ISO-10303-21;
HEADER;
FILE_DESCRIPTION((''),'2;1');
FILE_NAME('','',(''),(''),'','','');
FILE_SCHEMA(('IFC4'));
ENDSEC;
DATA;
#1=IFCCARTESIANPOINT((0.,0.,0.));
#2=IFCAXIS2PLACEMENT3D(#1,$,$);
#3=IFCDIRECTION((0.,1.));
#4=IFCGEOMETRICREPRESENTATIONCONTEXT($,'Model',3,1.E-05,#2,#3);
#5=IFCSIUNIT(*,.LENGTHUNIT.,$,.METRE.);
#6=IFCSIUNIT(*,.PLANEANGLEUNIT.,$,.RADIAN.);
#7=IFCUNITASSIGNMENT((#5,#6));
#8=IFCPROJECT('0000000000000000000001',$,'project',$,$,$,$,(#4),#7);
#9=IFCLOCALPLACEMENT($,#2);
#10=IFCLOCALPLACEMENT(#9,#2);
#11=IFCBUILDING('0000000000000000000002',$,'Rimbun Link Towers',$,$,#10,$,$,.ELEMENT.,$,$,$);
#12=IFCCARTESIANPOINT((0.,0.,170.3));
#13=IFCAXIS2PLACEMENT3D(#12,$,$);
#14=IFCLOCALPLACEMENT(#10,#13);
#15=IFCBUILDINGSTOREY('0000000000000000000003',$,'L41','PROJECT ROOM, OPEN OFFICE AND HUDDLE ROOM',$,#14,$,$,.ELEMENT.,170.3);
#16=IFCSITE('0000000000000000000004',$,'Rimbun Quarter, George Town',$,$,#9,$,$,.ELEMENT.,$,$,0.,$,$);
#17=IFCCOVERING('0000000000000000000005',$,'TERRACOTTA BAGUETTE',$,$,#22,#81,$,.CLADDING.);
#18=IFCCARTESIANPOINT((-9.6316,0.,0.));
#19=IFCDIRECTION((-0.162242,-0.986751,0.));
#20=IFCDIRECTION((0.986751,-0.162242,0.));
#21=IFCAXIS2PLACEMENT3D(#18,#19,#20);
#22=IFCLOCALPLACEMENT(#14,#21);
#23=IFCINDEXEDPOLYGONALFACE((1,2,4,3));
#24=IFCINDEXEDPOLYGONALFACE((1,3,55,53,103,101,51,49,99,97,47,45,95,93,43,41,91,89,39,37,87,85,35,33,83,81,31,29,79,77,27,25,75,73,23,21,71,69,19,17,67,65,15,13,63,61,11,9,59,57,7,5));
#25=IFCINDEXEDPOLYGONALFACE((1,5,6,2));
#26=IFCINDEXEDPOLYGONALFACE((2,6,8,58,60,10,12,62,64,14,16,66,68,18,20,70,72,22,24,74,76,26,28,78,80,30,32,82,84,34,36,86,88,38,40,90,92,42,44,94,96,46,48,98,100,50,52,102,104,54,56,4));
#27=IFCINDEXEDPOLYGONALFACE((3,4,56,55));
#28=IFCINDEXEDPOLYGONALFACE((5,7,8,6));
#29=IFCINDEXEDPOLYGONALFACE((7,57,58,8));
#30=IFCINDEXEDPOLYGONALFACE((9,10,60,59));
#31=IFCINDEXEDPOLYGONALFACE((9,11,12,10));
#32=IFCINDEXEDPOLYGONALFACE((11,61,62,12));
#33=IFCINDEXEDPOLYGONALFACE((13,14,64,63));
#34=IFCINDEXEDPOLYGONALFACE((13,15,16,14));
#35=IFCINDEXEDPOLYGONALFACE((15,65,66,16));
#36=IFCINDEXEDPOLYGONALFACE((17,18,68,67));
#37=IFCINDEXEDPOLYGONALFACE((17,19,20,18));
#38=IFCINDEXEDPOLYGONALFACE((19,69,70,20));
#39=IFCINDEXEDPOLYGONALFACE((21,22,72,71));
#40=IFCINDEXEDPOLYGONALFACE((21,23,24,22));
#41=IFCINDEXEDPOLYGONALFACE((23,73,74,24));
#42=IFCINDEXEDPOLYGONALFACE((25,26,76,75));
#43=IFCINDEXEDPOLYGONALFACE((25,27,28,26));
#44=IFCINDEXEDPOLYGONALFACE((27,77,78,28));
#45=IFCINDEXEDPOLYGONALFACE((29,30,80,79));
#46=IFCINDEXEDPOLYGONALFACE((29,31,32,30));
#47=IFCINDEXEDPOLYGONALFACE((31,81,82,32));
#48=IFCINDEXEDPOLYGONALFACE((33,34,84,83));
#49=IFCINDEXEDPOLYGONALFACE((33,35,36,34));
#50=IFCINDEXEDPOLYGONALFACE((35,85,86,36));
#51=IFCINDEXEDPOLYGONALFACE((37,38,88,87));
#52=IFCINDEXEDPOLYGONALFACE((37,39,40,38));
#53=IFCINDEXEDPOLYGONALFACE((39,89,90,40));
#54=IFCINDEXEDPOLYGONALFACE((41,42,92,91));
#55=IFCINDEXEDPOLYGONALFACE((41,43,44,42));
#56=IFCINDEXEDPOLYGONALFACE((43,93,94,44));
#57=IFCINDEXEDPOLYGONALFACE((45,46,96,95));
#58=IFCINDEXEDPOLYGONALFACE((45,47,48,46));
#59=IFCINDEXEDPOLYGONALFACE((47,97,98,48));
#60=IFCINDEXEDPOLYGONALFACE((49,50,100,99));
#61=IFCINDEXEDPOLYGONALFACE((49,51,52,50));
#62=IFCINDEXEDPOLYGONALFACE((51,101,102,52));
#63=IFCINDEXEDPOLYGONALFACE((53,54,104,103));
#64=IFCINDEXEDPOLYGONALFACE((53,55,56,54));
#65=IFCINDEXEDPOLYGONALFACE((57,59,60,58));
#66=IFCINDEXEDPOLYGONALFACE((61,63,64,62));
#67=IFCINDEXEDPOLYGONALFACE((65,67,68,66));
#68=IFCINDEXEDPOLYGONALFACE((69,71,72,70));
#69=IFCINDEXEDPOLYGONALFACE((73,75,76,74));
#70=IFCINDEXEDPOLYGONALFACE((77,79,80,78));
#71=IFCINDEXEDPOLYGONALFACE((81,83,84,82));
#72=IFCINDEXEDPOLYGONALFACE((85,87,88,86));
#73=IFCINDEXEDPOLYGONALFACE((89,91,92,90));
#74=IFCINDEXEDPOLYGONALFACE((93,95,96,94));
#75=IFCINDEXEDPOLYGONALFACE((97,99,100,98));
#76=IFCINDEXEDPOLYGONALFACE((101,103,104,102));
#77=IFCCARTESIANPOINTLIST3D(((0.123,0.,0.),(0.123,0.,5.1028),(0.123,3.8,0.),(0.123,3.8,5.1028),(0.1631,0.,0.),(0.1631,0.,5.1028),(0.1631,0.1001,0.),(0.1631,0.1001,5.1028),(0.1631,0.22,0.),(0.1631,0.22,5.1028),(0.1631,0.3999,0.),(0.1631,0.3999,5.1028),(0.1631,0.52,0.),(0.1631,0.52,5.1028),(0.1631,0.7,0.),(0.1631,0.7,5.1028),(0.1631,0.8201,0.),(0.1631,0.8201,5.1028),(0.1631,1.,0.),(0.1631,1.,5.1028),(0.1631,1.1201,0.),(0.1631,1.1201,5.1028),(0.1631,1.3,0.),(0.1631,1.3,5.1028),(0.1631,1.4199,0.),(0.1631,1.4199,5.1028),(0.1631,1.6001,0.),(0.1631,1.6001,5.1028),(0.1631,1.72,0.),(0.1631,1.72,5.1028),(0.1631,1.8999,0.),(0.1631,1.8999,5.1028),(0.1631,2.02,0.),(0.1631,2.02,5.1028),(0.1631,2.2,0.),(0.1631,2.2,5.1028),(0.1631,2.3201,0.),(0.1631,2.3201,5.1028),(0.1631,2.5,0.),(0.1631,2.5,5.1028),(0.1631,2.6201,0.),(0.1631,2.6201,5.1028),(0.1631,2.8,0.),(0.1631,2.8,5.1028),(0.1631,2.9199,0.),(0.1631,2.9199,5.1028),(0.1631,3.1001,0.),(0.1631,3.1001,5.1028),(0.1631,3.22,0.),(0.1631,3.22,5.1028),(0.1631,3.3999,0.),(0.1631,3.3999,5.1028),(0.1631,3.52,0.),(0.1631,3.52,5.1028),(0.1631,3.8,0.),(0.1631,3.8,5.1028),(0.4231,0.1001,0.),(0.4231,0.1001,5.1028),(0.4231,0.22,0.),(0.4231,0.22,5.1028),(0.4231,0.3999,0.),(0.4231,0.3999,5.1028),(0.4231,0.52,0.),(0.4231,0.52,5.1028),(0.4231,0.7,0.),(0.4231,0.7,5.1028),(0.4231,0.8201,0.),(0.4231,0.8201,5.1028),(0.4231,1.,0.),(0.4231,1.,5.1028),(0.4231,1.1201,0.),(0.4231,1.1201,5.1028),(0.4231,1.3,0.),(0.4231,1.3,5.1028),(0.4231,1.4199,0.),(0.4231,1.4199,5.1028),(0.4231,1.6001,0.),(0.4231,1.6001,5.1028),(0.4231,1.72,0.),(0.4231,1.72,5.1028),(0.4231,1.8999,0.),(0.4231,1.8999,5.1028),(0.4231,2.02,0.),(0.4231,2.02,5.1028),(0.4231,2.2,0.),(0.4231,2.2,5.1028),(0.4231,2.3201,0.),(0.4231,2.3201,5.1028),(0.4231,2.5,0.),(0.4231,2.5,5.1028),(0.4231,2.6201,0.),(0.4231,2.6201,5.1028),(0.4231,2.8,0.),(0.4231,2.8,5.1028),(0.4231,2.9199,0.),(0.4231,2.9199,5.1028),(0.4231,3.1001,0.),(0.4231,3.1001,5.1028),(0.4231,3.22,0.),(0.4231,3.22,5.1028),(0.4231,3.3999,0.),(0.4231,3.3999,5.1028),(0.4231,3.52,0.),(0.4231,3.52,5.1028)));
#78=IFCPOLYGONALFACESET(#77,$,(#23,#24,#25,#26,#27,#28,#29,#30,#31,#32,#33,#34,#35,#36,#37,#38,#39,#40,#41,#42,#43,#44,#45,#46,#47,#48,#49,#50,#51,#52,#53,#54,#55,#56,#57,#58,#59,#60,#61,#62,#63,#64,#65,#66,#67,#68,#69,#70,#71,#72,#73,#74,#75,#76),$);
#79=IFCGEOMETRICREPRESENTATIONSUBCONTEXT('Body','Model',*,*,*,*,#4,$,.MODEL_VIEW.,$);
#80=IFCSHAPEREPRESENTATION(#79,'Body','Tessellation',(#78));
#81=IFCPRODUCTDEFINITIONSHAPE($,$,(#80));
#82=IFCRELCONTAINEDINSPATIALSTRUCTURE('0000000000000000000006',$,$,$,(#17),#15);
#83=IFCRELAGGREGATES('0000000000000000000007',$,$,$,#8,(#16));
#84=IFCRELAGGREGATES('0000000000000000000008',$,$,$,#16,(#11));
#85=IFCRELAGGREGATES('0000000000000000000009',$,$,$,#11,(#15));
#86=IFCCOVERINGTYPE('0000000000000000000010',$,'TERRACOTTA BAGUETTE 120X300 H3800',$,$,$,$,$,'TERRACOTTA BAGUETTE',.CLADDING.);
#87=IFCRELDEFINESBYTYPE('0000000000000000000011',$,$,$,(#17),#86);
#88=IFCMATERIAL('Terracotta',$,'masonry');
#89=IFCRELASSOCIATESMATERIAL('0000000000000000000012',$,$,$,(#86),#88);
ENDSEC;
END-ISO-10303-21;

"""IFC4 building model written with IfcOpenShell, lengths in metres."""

from ifc_helpers import new_model, si_unit, direction, frame, origin, place, context, subcontext, project, spatial, polyline, outline, extrude, material, material_profile, profile_set, type_object, element, save


model = new_model("IFC4")

# Units and contexts
model_context = context("Model", 3, precision=1e-05, world=origin(), true_north=direction((0.0, 1.0)))
body_context = subcontext(model_context, "Body", "Model", "MODEL_VIEW")
ifc_project = project(units=[si_unit("LENGTHUNIT", "METRE"), si_unit("PLANEANGLEUNIT", "RADIAN")], contexts=[model_context])

# Site, building, storey
site_placement = place(None, origin())
site = spatial("IfcSite", under=ifc_project, at=site_placement, Name="Rimbun Quarter, George Town", CompositionType="ELEMENT", RefElevation=0.0)
building_placement = place(site_placement, origin())
building = spatial("IfcBuilding", under=site, at=building_placement, Name="Rimbun Link Towers", CompositionType="ELEMENT")
storey_placement = place(building_placement, frame((0.0, 0.0, 170.3)))
storey = spatial("IfcBuildingStorey", under=building, at=storey_placement, Name="L41", Description="PROJECT ROOM, OPEN OFFICE AND HUDDLE ROOM", CompositionType="ELEMENT", Elevation=170.3)

# Covering
ifc_material_1 = material(Name="Terracotta", Category="masonry")
ifc_material_profile_1 = material_profile(ifc_material_1, outline(polyline([(0.123, 0.0), (0.1631, 0.0), (0.1631, 0.1001), (0.4231, 0.1001), (0.4231, 0.22), (0.1631, 0.22), (0.1631, 0.3999), (0.4231, 0.3999), (0.4231, 0.52), (0.1631, 0.52), (0.1631, 0.7), (0.4231, 0.7), (0.4231, 0.8201), (0.1631, 0.8201), (0.1631, 1.0), (0.4231, 1.0), (0.4231, 1.1201), (0.1631, 1.1201), (0.1631, 1.3), (0.4231, 1.3), (0.4231, 1.4199), (0.1631, 1.4199), (0.1631, 1.6001), (0.4231, 1.6001), (0.4231, 1.72), (0.1631, 1.72), (0.1631, 1.8999), (0.4231, 1.8999), (0.4231, 2.02), (0.1631, 2.02), (0.1631, 2.2), (0.4231, 2.2), (0.4231, 2.3201), (0.1631, 2.3201), (0.1631, 2.5), (0.4231, 2.5), (0.4231, 2.6201), (0.1631, 2.6201), (0.1631, 2.8), (0.4231, 2.8), (0.4231, 2.9199), (0.1631, 2.9199), (0.1631, 3.1001), (0.4231, 3.1001), (0.4231, 3.22), (0.1631, 3.22), (0.1631, 3.3999), (0.4231, 3.3999), (0.4231, 3.52), (0.1631, 3.52), (0.1631, 3.8), (0.123, 3.8), (0.123, 0.0)])), Name="BAGUETTE 120X300")
ifc_profile_set_1 = profile_set([ifc_material_profile_1], Name="Terracotta")
covering_type = type_object("IfcCoveringType", Name="TERRACOTTA BAGUETTE 120X300 H3800", ElementType="TERRACOTTA BAGUETTE", PredefinedType="CLADDING", material=ifc_profile_set_1)
covering_placement = place(storey_placement, frame((-9.6316, 0.0, 0.0), z_axis=(-0.162242, -0.986751, 0.0), x_axis=(0.986751, -0.162242, 0.0)))
element("IfcCovering", 1, at=covering_placement, inside=storey, type_object=covering_type, Name="TERRACOTTA BAGUETTE", PredefinedType="CLADDING", context=body_context, shape_type="SweptSolid", body=[
    extrude(outline(polyline([(0.123, 0.0), (0.1631, 0.0), (0.1631, 0.1001), (0.4231, 0.1001), (0.4231, 0.22), (0.1631, 0.22), (0.1631, 0.3999), (0.4231, 0.3999), (0.4231, 0.52), (0.1631, 0.52), (0.1631, 0.7), (0.4231, 0.7), (0.4231, 0.8201), (0.1631, 0.8201), (0.1631, 1.0), (0.4231, 1.0), (0.4231, 1.1201), (0.1631, 1.1201), (0.1631, 1.3), (0.4231, 1.3), (0.4231, 1.4199), (0.1631, 1.4199), (0.1631, 1.6001), (0.4231, 1.6001), (0.4231, 1.72), (0.1631, 1.72), (0.1631, 1.8999), (0.4231, 1.8999), (0.4231, 2.02), (0.1631, 2.02), (0.1631, 2.2), (0.4231, 2.2), (0.4231, 2.3201), (0.1631, 2.3201), (0.1631, 2.5), (0.4231, 2.5), (0.4231, 2.6201), (0.1631, 2.6201), (0.1631, 2.8), (0.4231, 2.8), (0.4231, 2.9199), (0.1631, 2.9199), (0.1631, 3.1001), (0.4231, 3.1001), (0.4231, 3.22), (0.1631, 3.22), (0.1631, 3.3999), (0.4231, 3.3999), (0.4231, 3.52), (0.1631, 3.52), (0.1631, 3.8), (0.123, 3.8), (0.123, 0.0)])), origin(), (0.0, 0.0, 1.0), 5.1028),
])

save(model, "model.ifc")
